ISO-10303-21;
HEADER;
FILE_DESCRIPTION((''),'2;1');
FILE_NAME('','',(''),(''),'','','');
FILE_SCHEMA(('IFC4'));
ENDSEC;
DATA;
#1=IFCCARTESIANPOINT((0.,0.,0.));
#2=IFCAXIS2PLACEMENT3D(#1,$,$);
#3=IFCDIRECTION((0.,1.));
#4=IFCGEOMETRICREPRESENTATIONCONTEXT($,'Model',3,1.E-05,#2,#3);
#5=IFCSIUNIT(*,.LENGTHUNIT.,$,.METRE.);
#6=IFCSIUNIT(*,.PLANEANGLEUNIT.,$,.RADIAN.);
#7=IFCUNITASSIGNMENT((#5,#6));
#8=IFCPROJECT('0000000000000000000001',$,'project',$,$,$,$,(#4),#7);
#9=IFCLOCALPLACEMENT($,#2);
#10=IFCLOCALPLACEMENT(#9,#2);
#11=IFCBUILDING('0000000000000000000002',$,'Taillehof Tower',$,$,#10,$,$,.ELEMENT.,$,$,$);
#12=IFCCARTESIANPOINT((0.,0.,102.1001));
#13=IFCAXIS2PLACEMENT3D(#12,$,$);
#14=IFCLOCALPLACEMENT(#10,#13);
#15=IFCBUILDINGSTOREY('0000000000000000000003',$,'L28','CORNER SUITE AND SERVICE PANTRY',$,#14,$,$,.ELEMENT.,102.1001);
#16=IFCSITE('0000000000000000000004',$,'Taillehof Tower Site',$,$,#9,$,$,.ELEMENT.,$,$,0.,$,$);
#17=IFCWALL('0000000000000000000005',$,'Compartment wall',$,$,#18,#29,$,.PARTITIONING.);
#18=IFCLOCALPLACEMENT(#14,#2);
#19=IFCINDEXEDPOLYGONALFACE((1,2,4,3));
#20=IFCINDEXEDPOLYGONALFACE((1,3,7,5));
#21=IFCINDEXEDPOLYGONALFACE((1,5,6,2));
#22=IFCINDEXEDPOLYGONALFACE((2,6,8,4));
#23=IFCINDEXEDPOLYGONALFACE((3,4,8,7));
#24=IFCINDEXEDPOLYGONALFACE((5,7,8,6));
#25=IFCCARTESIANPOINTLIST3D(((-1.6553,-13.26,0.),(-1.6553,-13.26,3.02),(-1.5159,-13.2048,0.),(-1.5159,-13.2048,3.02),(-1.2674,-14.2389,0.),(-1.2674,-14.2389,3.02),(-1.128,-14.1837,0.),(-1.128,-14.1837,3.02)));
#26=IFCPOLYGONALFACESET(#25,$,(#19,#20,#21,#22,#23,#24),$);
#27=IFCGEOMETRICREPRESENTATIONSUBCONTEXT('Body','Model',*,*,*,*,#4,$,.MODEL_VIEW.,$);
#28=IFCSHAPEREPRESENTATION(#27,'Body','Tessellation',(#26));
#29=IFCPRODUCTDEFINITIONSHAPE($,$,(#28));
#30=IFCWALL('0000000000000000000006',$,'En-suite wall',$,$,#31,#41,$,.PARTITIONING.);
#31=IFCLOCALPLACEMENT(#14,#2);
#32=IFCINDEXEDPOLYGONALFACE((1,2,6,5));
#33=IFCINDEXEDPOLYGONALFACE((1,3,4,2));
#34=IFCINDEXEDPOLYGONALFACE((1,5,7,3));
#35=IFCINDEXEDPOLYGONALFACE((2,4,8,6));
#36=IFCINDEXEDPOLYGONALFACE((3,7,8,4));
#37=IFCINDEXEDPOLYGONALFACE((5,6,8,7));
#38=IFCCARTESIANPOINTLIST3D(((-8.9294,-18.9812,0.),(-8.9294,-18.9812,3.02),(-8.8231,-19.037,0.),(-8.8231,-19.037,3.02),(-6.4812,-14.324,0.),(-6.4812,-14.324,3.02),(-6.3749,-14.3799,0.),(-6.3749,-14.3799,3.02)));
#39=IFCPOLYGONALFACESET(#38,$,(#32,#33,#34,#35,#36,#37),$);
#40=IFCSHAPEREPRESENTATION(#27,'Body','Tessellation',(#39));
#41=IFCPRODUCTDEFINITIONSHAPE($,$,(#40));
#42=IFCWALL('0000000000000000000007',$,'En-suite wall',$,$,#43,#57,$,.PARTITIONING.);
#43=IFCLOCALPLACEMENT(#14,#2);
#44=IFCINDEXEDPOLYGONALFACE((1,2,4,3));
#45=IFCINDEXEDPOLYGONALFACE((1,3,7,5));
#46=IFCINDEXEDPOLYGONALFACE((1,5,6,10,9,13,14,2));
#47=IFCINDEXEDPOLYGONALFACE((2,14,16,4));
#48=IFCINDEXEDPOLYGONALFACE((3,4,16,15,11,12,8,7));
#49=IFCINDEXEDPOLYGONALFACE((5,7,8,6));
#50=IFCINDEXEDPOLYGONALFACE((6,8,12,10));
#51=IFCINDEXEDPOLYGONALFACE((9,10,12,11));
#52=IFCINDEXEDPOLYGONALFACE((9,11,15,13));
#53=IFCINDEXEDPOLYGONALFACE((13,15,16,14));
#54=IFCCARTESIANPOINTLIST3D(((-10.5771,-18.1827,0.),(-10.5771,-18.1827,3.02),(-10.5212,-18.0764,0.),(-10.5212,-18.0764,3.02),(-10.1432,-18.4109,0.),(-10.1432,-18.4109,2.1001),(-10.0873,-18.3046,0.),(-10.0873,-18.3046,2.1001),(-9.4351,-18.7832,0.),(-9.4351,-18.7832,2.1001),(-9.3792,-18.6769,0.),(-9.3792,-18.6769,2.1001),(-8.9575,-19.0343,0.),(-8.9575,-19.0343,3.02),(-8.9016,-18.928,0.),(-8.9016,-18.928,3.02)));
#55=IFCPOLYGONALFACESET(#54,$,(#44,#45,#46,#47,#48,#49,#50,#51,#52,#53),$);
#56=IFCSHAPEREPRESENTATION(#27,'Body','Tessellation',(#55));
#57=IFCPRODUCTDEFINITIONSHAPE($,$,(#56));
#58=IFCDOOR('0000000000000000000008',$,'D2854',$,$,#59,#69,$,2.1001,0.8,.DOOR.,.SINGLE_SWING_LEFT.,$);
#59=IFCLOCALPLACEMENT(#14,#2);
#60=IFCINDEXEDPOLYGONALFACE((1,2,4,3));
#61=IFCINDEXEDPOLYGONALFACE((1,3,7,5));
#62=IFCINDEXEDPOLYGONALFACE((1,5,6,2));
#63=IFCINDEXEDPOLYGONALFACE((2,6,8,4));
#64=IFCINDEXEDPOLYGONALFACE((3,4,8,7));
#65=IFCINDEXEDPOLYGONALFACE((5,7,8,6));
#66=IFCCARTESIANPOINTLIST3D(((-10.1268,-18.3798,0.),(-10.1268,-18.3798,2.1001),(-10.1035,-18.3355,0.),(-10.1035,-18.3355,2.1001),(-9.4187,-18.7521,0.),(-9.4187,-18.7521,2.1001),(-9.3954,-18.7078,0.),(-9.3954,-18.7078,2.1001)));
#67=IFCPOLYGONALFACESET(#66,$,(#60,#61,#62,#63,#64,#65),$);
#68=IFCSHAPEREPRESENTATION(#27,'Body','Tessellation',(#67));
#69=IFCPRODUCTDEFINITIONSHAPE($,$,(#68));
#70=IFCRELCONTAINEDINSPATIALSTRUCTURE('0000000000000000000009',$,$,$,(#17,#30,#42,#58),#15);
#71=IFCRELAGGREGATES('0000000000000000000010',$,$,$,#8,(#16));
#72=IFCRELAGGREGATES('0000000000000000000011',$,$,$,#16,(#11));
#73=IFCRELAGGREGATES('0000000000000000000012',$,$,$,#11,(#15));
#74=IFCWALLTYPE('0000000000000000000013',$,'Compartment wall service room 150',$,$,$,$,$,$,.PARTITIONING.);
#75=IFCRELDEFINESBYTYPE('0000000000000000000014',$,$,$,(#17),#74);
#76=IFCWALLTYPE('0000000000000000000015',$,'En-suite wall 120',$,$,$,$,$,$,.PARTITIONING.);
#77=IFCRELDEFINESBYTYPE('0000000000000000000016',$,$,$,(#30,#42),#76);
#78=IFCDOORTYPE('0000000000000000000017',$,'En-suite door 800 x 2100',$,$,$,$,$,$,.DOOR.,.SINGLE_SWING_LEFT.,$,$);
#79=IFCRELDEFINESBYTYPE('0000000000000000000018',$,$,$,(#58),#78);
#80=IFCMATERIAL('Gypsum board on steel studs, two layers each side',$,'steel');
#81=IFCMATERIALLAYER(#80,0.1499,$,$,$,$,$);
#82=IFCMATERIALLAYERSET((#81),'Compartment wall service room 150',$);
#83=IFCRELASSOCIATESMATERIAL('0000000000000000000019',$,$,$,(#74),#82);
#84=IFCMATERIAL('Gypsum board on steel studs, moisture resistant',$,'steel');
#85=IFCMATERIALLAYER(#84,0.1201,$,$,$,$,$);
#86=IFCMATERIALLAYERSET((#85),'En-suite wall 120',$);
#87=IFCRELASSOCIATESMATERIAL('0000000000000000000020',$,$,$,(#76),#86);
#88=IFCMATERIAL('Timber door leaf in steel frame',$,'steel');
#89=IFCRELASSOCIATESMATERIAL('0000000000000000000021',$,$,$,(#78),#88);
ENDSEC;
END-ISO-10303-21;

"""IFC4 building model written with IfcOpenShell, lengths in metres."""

from ifc_helpers import new_model, si_unit, direction, frame, frame_2d, origin, place, context, subcontext, project, spatial, rectangle, extrude, material, layer, layer_set, type_object, element, fill, save


model = new_model("IFC4")

# Units and contexts
model_context = context("Model", 3, precision=1e-05, world=origin(), true_north=direction((0.0, 1.0)))
body_context = subcontext(model_context, "Body", "Model", "MODEL_VIEW")
ifc_project = project(units=[si_unit("LENGTHUNIT", "METRE"), si_unit("PLANEANGLEUNIT", "RADIAN")], contexts=[model_context])

# Site, building, storey
site_placement = place(None, origin())
site = spatial("IfcSite", under=ifc_project, at=site_placement, Name="Taillehof Tower Site", CompositionType="ELEMENT", RefElevation=0.0)
building_placement = place(site_placement, origin())
building = spatial("IfcBuilding", under=site, at=building_placement, Name="Taillehof Tower", CompositionType="ELEMENT")
storey_placement = place(building_placement, frame((0.0, 0.0, 102.1001)))
storey = spatial("IfcBuildingStorey", under=building, at=storey_placement, Name="L28", Description="CORNER SUITE AND SERVICE PANTRY", CompositionType="ELEMENT", Elevation=102.1001)

# Walls
ifc_material_1 = material(Name="Gypsum board on steel studs, two layers each side", Category="steel")
ifc_layer_1 = layer(ifc_material_1, 0.1499)
ifc_layer_set_1 = layer_set([ifc_layer_1], Name="Compartment wall service room 150")
wall_type_1 = type_object("IfcWallType", Name="Compartment wall service room 150", PredefinedType="PARTITIONING", material=ifc_layer_set_1)
wall_1_placement = place(storey_placement, frame((-1.1978, -14.2112, 0.0), z_axis=(0.0, 0.0, 1.0), x_axis=(-0.368391, 0.929671, 0.0)))
element("IfcWall", 1, at=wall_1_placement, inside=storey, type_object=wall_type_1, Name="Compartment wall", PredefinedType="PARTITIONING", context=body_context, shape_type="SweptSolid", body=[
    extrude(rectangle(XDim=1.053, YDim=0.1499, at=frame_2d((0.5264, 0.0))), origin(), (0.0, 0.0, 1.0), 3.02),
])
ifc_material_2 = material(Name="Gypsum board on steel studs, moisture resistant", Category="steel")
ifc_layer_2 = layer(ifc_material_2, 0.1201)
ifc_layer_set_2 = layer_set([ifc_layer_2], Name="En-suite wall 120")
wall_type_2 = type_object("IfcWallType", Name="En-suite wall 120", PredefinedType="PARTITIONING", material=ifc_layer_set_2)
wall_2_placement = place(storey_placement, frame((-6.428, -14.3518, 0.0), z_axis=(0.0, 0.0, 1.0), x_axis=(-0.46531, -0.885148, 0.0)))
element("IfcWall", 2, at=wall_2_placement, inside=storey, type_object=wall_type_2, Name="En-suite wall", PredefinedType="PARTITIONING", context=body_context, shape_type="SweptSolid", body=[
    extrude(rectangle(XDim=5.2615, YDim=0.1201, at=frame_2d((2.6309, 0.0))), origin(), (0.0, 0.0, 1.0), 3.02),
])

# Wall, opening, door
wall_3_placement = place(storey_placement, frame((-8.9294, -18.9812, 0.0), z_axis=(0.0, 0.0, 1.0), x_axis=(-0.885115, 0.465372, 0.0)))
wall_3 = element("IfcWall", 3, at=wall_3_placement, inside=storey, type_object=wall_type_2, Name="En-suite wall", PredefinedType="PARTITIONING", context=body_context, shape_type="SweptSolid", body=[
    extrude(rectangle(XDim=1.8298, YDim=0.1201, at=frame_2d((0.915, 0.0))), origin(), (0.0, 0.0, 1.0), 3.02),
])
opening_1_placement = place(wall_3_placement, frame((0.5398, 0.0, 0.0)))
opening_1 = element("IfcOpeningElement", 4, at=opening_1_placement, cuts=wall_3, PredefinedType="OPENING", context=body_context, shape_type="SweptSolid", body=[
    extrude(rectangle(XDim=0.8, YDim=2.1001, at=frame_2d((0.3999, 1.05))), frame((0.0, 0.0701, 0.0), z_axis=(0.0, -1.0, 0.0), x_axis=(1.0, 0.0, 0.0)), (0.0, 0.0, 1.0), 0.1401),
])
ifc_material_3 = material(Name="Timber door leaf in steel frame", Category="steel")
door_type_1 = type_object("IfcDoorType", Name="En-suite door 800 x 2100", OperationType="SINGLE_SWING_LEFT", PredefinedType="DOOR", material=ifc_material_3)
door_1_placement = place(opening_1_placement, origin())
door_1 = element("IfcDoor", 5, at=door_1_placement, inside=storey, type_object=door_type_1, Name="D2854", OperationType="SINGLE_SWING_LEFT", OverallHeight=2.1001, OverallWidth=0.8, PredefinedType="DOOR", context=body_context, shape_type="SweptSolid", body=[
    extrude(rectangle(XDim=0.8, YDim=2.1001, at=frame_2d((0.3999, 1.05))), frame((0.0, 0.0249, 0.0), z_axis=(0.0, -1.0, 0.0), x_axis=(1.0, 0.0, 0.0)), (0.0, 0.0, 1.0), 0.05),
])
fill(opening_1, door_1)

save(model, "model.ifc")
